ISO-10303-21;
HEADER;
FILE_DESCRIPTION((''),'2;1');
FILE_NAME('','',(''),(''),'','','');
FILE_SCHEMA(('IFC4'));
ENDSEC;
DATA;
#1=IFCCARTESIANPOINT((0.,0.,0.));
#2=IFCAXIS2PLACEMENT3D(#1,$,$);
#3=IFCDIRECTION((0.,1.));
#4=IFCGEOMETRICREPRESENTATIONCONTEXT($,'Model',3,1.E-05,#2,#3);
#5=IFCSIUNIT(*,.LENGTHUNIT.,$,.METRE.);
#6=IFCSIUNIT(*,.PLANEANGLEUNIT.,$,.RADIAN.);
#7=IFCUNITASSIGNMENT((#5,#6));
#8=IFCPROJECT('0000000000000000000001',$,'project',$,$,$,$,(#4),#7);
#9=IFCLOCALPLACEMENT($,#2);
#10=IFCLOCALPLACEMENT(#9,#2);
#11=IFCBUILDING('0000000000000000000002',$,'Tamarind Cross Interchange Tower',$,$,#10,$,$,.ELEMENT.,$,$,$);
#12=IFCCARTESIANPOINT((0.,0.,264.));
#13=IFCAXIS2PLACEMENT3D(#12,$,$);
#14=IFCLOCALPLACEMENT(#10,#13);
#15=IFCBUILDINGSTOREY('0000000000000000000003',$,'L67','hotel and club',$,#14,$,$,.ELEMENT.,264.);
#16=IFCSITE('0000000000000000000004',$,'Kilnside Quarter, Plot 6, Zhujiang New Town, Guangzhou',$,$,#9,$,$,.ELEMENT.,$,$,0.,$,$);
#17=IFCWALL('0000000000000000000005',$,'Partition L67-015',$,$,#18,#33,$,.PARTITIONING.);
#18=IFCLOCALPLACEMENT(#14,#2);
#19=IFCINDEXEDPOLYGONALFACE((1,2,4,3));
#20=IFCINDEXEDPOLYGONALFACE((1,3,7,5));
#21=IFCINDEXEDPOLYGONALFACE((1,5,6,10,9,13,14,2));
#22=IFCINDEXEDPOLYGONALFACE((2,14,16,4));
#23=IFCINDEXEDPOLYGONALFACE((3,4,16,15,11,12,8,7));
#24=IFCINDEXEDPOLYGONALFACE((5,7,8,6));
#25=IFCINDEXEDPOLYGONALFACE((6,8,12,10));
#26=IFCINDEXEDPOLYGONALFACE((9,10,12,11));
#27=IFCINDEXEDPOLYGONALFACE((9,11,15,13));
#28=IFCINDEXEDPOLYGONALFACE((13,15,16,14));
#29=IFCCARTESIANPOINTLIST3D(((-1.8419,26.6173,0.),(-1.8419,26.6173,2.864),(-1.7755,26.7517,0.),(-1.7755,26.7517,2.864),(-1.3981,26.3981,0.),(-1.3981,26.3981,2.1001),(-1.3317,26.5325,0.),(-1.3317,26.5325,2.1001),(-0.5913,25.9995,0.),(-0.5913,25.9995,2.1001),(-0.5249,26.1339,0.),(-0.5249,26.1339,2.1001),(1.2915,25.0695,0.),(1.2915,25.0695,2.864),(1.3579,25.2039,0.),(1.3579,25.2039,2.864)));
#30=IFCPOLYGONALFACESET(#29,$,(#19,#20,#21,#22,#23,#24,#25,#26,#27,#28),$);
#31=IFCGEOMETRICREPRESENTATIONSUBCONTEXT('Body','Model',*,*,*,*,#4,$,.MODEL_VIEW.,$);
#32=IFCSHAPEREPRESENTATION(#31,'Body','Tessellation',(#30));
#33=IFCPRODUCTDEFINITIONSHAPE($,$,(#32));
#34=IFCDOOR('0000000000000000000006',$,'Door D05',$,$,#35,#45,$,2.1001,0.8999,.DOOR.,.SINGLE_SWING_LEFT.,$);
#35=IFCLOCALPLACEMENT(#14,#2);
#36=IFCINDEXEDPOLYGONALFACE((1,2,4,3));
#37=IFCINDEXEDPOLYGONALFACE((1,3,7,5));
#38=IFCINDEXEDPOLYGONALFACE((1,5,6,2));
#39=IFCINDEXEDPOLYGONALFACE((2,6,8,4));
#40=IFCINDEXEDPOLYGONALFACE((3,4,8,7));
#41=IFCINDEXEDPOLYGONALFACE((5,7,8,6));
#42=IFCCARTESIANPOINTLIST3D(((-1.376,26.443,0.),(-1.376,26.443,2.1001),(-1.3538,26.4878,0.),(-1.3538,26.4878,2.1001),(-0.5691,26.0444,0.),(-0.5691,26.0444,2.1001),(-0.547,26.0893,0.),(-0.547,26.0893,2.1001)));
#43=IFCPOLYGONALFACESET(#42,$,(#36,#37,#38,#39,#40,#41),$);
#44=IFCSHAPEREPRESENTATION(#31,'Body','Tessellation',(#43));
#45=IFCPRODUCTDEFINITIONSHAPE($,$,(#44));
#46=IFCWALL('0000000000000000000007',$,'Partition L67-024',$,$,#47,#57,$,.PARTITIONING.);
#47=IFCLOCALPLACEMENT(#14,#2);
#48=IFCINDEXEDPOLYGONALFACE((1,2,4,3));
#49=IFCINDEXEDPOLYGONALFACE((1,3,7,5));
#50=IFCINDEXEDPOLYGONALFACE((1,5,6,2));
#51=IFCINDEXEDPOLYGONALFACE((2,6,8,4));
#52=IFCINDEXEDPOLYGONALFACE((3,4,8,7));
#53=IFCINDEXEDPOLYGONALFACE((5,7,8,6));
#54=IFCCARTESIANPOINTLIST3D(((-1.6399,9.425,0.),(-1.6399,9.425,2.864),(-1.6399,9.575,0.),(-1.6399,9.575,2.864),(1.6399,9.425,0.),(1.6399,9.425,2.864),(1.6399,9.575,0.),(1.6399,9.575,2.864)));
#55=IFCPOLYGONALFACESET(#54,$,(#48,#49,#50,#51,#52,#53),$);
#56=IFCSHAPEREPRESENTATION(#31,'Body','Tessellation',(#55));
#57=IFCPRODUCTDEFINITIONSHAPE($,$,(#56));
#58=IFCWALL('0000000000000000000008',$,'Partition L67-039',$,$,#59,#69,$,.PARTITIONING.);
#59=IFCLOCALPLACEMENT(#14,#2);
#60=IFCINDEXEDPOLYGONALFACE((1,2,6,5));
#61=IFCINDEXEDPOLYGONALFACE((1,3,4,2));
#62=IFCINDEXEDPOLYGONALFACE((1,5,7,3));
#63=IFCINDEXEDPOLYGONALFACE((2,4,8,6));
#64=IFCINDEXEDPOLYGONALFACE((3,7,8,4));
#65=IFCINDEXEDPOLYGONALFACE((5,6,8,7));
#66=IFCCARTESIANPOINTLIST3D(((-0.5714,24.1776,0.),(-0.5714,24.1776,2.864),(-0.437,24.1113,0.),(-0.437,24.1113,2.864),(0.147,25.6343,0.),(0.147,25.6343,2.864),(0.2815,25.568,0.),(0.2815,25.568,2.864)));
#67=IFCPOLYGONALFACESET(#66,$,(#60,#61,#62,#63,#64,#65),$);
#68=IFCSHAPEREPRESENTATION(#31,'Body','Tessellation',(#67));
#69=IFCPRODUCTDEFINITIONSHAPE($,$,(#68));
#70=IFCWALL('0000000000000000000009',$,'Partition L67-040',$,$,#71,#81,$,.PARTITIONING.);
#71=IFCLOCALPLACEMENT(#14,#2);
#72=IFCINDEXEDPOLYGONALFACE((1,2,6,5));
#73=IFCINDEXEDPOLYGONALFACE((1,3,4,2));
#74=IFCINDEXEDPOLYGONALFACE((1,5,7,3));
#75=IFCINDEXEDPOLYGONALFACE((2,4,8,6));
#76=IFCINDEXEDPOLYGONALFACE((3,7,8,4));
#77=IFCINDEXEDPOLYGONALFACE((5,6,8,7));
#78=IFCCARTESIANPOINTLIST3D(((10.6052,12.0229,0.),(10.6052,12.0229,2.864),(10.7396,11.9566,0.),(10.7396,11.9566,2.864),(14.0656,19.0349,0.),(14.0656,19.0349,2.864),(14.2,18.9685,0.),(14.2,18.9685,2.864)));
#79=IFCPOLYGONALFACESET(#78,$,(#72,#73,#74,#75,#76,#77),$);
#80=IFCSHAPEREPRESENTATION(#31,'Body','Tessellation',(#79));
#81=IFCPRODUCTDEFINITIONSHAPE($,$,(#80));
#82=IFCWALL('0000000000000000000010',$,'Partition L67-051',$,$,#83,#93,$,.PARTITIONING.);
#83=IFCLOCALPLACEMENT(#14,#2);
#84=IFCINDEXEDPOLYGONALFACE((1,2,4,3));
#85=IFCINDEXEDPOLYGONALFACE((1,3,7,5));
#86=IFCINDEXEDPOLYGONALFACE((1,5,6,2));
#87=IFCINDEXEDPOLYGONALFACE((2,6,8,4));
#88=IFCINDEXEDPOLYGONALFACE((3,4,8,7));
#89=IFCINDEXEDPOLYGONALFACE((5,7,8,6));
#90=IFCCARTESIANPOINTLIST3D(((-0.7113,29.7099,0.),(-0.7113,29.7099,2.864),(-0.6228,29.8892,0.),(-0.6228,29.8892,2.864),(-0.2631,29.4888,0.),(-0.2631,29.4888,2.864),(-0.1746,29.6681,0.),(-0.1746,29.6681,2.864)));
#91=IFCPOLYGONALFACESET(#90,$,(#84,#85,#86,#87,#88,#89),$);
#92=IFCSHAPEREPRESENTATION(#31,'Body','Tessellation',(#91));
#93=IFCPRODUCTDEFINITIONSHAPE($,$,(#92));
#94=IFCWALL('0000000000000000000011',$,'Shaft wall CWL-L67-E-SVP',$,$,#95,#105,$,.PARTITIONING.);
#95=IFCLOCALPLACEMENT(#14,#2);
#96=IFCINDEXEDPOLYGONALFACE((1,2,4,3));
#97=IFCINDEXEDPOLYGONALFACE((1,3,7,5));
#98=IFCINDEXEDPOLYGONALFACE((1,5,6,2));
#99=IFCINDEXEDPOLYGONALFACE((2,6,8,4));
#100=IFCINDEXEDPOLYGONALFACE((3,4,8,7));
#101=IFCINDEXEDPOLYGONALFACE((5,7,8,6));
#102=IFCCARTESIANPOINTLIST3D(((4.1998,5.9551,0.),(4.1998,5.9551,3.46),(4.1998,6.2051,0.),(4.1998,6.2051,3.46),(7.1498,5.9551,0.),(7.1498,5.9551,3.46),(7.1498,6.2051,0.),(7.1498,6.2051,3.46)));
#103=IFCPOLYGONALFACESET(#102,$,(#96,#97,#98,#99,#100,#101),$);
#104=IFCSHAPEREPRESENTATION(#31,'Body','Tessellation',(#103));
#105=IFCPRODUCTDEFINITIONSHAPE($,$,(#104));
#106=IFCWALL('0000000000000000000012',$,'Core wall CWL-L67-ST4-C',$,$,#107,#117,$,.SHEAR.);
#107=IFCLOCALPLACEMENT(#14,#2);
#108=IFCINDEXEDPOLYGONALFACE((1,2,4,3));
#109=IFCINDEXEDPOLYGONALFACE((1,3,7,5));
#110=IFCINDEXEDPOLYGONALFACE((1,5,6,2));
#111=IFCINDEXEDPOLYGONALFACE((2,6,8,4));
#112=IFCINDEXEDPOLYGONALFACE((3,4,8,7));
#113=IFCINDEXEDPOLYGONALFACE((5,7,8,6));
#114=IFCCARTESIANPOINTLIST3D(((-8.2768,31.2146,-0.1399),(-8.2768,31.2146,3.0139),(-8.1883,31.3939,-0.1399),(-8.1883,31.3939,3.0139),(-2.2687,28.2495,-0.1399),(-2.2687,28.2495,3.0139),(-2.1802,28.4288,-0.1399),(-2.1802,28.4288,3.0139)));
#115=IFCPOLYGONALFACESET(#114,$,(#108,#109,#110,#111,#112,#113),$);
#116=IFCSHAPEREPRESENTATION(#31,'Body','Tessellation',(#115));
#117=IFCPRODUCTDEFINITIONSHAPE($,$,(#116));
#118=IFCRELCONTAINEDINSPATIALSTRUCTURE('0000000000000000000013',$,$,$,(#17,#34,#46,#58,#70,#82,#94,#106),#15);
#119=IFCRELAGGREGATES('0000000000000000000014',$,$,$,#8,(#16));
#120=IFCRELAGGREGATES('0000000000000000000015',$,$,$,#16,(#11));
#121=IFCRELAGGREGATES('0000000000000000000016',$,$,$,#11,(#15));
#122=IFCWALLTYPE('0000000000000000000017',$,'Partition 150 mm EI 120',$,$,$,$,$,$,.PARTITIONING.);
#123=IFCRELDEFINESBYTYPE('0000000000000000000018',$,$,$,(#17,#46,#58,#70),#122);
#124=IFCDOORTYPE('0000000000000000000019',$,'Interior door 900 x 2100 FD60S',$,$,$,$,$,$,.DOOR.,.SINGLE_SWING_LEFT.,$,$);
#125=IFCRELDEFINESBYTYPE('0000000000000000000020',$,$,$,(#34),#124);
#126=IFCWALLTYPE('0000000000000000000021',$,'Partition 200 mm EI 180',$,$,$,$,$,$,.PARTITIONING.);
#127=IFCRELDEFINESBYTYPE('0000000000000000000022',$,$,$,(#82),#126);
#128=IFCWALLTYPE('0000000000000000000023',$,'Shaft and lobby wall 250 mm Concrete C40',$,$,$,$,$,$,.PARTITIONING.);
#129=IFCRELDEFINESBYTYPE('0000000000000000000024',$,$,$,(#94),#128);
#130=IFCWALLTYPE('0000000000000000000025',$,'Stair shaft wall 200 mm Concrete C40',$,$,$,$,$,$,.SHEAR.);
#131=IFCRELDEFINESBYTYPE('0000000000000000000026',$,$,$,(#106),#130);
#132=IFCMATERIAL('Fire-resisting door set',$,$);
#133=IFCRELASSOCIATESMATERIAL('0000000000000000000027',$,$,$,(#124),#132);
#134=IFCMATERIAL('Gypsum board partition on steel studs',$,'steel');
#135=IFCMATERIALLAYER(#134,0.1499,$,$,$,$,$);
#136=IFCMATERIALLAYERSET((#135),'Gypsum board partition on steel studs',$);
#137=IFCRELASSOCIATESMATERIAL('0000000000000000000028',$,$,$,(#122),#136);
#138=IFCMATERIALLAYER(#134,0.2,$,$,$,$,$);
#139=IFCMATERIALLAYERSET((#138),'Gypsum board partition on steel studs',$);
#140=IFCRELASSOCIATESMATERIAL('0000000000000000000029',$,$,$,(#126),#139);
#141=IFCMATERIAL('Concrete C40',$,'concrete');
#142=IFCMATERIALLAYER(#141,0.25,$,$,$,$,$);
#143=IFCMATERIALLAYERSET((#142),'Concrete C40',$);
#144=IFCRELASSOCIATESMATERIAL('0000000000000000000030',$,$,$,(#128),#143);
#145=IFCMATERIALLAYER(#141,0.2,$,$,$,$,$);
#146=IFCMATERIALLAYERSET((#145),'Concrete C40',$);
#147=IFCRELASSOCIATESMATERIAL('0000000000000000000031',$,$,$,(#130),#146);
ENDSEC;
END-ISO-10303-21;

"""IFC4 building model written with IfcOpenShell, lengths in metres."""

from ifc_helpers import new_model, si_unit, direction, frame, frame_2d, origin, place, context, subcontext, project, spatial, rectangle, extrude, material, layer, layer_set, type_object, element, fill, save


model = new_model("IFC4")

# Units and contexts
model_context = context("Model", 3, precision=1e-05, world=origin(), true_north=direction((0.0, 1.0)))
body_context = subcontext(model_context, "Body", "Model", "MODEL_VIEW")
ifc_project = project(units=[si_unit("LENGTHUNIT", "METRE"), si_unit("PLANEANGLEUNIT", "RADIAN")], contexts=[model_context])

# Site, building, storey
site_placement = place(None, origin())
site = spatial("IfcSite", under=ifc_project, at=site_placement, Name="Kilnside Quarter, Plot 6, Zhujiang New Town, Guangzhou", CompositionType="ELEMENT", RefElevation=0.0)
building_placement = place(site_placement, origin())
building = spatial("IfcBuilding", under=site, at=building_placement, Name="Tamarind Cross Interchange Tower", CompositionType="ELEMENT")
storey_placement = place(building_placement, frame((0.0, 0.0, 264.0)))
storey = spatial("IfcBuildingStorey", under=building, at=storey_placement, Name="L67", Description="hotel and club", CompositionType="ELEMENT", Elevation=264.0)

# Shared definitions
ifc_material_1 = material(Name="Gypsum board partition on steel studs", Category="steel")
ifc_material_2 = material(Name="Fire-resisting door set")
door_type = type_object("IfcDoorType", Name="Interior door 900 x 2100 FD60S", OperationType="SINGLE_SWING_LEFT", PredefinedType="DOOR", material=ifc_material_2)

# Wall, opening, door
ifc_layer_1 = layer(ifc_material_1, 0.1499)
ifc_layer_set_1 = layer_set([ifc_layer_1], Name="Gypsum board partition on steel studs")
wall_type_1 = type_object("IfcWallType", Name="Partition 150 mm EI 120", PredefinedType="PARTITIONING", material=ifc_layer_set_1)
wall_1_placement = place(storey_placement, frame((-1.8088, 26.6846, 0.0), z_axis=(0.0, 0.0, 1.0), x_axis=(0.896582, -0.442877, 0.0)))
wall_1 = element("IfcWall", 1, at=wall_1_placement, inside=storey, type_object=wall_type_1, Name="Partition L67-015", PredefinedType="PARTITIONING", context=body_context, shape_type="SweptSolid", body=[
    extrude(rectangle(XDim=3.4949, YDim=0.1499, at=frame_2d((1.7476, 0.0))), origin(), (0.0, 0.0, 1.0), 2.864),
])
opening_1_placement = place(wall_1_placement, frame((0.4951, 0.0, 0.0)))
opening_1 = element("IfcOpeningElement", 2, at=opening_1_placement, cuts=wall_1, PredefinedType="OPENING", context=body_context, shape_type="SweptSolid", body=[
    extrude(rectangle(XDim=0.8999, YDim=2.1001, at=frame_2d((0.45, 1.05))), frame((0.0, 0.085, 0.0), z_axis=(0.0, -1.0, 0.0), x_axis=(1.0, 0.0, 0.0)), (0.0, 0.0, 1.0), 0.1699),
])
door_1_placement = place(opening_1_placement, frame((0.8999, 0.0, 0.0), z_axis=(0.0, 0.0, 1.0), x_axis=(-1.0, 0.0, 0.0)))
door_1 = element("IfcDoor", 3, at=door_1_placement, inside=storey, type_object=door_type, Name="Door D05", OperationType="SINGLE_SWING_LEFT", OverallHeight=2.1001, OverallWidth=0.8999, PredefinedType="DOOR", context=body_context, shape_type="SweptSolid", body=[
    extrude(rectangle(XDim=0.8999, YDim=2.1001, at=frame_2d((0.45, 1.05))), frame((0.0, 0.0249, 0.0), z_axis=(0.0, -1.0, 0.0), x_axis=(1.0, 0.0, 0.0)), (0.0, 0.0, 1.0), 0.05),
])
fill(opening_1, door_1)

# Walls
wall_2_placement = place(storey_placement, frame((-1.6399, 9.5, 0.0), z_axis=(0.0, 0.0, 1.0), x_axis=(1.0, 0.0, 0.0)))
element("IfcWall", 4, at=wall_2_placement, inside=storey, type_object=wall_type_1, Name="Partition L67-024", PredefinedType="PARTITIONING", context=body_context, shape_type="SweptSolid", body=[
    extrude(rectangle(XDim=3.2798, YDim=0.1499, at=frame_2d((1.6399, 0.0))), origin(), (0.0, 0.0, 1.0), 2.864),
])
wall_3_placement = place(storey_placement, frame((-0.5042, 24.1445, 0.0), z_axis=(0.0, 0.0, 1.0), x_axis=(0.442337, 0.896849, 0.0)))
element("IfcWall", 5, at=wall_3_placement, inside=storey, type_object=wall_type_1, Name="Partition L67-039", PredefinedType="PARTITIONING", context=body_context, shape_type="SweptSolid", body=[
    extrude(rectangle(XDim=1.6243, YDim=0.1499, at=frame_2d((0.812, 0.0))), origin(), (0.0, 0.0, 1.0), 2.864),
])
wall_4_placement = place(storey_placement, frame((10.6724, 11.9897, 0.0), z_axis=(0.0, 0.0, 1.0), x_axis=(0.442549, 0.896744, 0.0)))
element("IfcWall", 6, at=wall_4_placement, inside=storey, type_object=wall_type_1, Name="Partition L67-040", PredefinedType="PARTITIONING", context=body_context, shape_type="SweptSolid", body=[
    extrude(rectangle(XDim=7.8193, YDim=0.1499, at=frame_2d((3.9097, 0.0))), origin(), (0.0, 0.0, 1.0), 2.864),
])
ifc_layer_2 = layer(ifc_material_1, 0.2)
ifc_layer_set_2 = layer_set([ifc_layer_2], Name="Gypsum board partition on steel studs")
wall_type_2 = type_object("IfcWallType", Name="Partition 200 mm EI 180", PredefinedType="PARTITIONING", material=ifc_layer_set_2)
wall_5_placement = place(storey_placement, frame((-0.2188, 29.5784, 0.0), z_axis=(0.0, 0.0, 1.0), x_axis=(-0.896759, 0.442519, 0.0)))
element("IfcWall", 7, at=wall_5_placement, inside=storey, type_object=wall_type_2, Name="Partition L67-051", PredefinedType="PARTITIONING", context=body_context, shape_type="SweptSolid", body=[
    extrude(rectangle(XDim=0.4998, YDim=0.2, at=frame_2d((0.25, 0.0))), origin(), (0.0, 0.0, 1.0), 2.864),
])
ifc_material_3 = material(Name="Concrete C40", Category="concrete")
ifc_layer_3 = layer(ifc_material_3, 0.25)
ifc_layer_set_3 = layer_set([ifc_layer_3], Name="Concrete C40")
wall_type_3 = type_object("IfcWallType", Name="Shaft and lobby wall 250 mm Concrete C40", PredefinedType="PARTITIONING", material=ifc_layer_set_3)
wall_6_placement = place(storey_placement, frame((7.1499, 6.0801, 0.0), z_axis=(0.0, 0.0, 1.0), x_axis=(-1.0, 0.0, 0.0)))
element("IfcWall", 8, at=wall_6_placement, inside=storey, type_object=wall_type_3, Name="Shaft wall CWL-L67-E-SVP", PredefinedType="PARTITIONING", context=body_context, shape_type="SweptSolid", body=[
    extrude(rectangle(XDim=2.95, YDim=0.25, at=frame_2d((1.4751, 0.0))), origin(), (0.0, 0.0, 1.0), 3.46),
])
ifc_layer_4 = layer(ifc_material_3, 0.2)
ifc_layer_set_4 = layer_set([ifc_layer_4], Name="Concrete C40")
wall_type_4 = type_object("IfcWallType", Name="Stair shaft wall 200 mm Concrete C40", PredefinedType="SHEAR", material=ifc_layer_set_4)
wall_7_placement = place(storey_placement, frame((-2.2244, 28.3391, -0.1399), z_axis=(0.0, 0.0, 1.0), x_axis=(-0.89674, 0.442558, 0.0)))
element("IfcWall", 9, at=wall_7_placement, inside=storey, type_object=wall_type_4, Name="Core wall CWL-L67-ST4-C", PredefinedType="SHEAR", context=body_context, shape_type="SweptSolid", body=[
    extrude(rectangle(XDim=6.7, YDim=0.2, at=frame_2d((3.3501, 0.0))), origin(), (0.0, 0.0, 1.0), 3.1538),
])

save(model, "model.ifc")
